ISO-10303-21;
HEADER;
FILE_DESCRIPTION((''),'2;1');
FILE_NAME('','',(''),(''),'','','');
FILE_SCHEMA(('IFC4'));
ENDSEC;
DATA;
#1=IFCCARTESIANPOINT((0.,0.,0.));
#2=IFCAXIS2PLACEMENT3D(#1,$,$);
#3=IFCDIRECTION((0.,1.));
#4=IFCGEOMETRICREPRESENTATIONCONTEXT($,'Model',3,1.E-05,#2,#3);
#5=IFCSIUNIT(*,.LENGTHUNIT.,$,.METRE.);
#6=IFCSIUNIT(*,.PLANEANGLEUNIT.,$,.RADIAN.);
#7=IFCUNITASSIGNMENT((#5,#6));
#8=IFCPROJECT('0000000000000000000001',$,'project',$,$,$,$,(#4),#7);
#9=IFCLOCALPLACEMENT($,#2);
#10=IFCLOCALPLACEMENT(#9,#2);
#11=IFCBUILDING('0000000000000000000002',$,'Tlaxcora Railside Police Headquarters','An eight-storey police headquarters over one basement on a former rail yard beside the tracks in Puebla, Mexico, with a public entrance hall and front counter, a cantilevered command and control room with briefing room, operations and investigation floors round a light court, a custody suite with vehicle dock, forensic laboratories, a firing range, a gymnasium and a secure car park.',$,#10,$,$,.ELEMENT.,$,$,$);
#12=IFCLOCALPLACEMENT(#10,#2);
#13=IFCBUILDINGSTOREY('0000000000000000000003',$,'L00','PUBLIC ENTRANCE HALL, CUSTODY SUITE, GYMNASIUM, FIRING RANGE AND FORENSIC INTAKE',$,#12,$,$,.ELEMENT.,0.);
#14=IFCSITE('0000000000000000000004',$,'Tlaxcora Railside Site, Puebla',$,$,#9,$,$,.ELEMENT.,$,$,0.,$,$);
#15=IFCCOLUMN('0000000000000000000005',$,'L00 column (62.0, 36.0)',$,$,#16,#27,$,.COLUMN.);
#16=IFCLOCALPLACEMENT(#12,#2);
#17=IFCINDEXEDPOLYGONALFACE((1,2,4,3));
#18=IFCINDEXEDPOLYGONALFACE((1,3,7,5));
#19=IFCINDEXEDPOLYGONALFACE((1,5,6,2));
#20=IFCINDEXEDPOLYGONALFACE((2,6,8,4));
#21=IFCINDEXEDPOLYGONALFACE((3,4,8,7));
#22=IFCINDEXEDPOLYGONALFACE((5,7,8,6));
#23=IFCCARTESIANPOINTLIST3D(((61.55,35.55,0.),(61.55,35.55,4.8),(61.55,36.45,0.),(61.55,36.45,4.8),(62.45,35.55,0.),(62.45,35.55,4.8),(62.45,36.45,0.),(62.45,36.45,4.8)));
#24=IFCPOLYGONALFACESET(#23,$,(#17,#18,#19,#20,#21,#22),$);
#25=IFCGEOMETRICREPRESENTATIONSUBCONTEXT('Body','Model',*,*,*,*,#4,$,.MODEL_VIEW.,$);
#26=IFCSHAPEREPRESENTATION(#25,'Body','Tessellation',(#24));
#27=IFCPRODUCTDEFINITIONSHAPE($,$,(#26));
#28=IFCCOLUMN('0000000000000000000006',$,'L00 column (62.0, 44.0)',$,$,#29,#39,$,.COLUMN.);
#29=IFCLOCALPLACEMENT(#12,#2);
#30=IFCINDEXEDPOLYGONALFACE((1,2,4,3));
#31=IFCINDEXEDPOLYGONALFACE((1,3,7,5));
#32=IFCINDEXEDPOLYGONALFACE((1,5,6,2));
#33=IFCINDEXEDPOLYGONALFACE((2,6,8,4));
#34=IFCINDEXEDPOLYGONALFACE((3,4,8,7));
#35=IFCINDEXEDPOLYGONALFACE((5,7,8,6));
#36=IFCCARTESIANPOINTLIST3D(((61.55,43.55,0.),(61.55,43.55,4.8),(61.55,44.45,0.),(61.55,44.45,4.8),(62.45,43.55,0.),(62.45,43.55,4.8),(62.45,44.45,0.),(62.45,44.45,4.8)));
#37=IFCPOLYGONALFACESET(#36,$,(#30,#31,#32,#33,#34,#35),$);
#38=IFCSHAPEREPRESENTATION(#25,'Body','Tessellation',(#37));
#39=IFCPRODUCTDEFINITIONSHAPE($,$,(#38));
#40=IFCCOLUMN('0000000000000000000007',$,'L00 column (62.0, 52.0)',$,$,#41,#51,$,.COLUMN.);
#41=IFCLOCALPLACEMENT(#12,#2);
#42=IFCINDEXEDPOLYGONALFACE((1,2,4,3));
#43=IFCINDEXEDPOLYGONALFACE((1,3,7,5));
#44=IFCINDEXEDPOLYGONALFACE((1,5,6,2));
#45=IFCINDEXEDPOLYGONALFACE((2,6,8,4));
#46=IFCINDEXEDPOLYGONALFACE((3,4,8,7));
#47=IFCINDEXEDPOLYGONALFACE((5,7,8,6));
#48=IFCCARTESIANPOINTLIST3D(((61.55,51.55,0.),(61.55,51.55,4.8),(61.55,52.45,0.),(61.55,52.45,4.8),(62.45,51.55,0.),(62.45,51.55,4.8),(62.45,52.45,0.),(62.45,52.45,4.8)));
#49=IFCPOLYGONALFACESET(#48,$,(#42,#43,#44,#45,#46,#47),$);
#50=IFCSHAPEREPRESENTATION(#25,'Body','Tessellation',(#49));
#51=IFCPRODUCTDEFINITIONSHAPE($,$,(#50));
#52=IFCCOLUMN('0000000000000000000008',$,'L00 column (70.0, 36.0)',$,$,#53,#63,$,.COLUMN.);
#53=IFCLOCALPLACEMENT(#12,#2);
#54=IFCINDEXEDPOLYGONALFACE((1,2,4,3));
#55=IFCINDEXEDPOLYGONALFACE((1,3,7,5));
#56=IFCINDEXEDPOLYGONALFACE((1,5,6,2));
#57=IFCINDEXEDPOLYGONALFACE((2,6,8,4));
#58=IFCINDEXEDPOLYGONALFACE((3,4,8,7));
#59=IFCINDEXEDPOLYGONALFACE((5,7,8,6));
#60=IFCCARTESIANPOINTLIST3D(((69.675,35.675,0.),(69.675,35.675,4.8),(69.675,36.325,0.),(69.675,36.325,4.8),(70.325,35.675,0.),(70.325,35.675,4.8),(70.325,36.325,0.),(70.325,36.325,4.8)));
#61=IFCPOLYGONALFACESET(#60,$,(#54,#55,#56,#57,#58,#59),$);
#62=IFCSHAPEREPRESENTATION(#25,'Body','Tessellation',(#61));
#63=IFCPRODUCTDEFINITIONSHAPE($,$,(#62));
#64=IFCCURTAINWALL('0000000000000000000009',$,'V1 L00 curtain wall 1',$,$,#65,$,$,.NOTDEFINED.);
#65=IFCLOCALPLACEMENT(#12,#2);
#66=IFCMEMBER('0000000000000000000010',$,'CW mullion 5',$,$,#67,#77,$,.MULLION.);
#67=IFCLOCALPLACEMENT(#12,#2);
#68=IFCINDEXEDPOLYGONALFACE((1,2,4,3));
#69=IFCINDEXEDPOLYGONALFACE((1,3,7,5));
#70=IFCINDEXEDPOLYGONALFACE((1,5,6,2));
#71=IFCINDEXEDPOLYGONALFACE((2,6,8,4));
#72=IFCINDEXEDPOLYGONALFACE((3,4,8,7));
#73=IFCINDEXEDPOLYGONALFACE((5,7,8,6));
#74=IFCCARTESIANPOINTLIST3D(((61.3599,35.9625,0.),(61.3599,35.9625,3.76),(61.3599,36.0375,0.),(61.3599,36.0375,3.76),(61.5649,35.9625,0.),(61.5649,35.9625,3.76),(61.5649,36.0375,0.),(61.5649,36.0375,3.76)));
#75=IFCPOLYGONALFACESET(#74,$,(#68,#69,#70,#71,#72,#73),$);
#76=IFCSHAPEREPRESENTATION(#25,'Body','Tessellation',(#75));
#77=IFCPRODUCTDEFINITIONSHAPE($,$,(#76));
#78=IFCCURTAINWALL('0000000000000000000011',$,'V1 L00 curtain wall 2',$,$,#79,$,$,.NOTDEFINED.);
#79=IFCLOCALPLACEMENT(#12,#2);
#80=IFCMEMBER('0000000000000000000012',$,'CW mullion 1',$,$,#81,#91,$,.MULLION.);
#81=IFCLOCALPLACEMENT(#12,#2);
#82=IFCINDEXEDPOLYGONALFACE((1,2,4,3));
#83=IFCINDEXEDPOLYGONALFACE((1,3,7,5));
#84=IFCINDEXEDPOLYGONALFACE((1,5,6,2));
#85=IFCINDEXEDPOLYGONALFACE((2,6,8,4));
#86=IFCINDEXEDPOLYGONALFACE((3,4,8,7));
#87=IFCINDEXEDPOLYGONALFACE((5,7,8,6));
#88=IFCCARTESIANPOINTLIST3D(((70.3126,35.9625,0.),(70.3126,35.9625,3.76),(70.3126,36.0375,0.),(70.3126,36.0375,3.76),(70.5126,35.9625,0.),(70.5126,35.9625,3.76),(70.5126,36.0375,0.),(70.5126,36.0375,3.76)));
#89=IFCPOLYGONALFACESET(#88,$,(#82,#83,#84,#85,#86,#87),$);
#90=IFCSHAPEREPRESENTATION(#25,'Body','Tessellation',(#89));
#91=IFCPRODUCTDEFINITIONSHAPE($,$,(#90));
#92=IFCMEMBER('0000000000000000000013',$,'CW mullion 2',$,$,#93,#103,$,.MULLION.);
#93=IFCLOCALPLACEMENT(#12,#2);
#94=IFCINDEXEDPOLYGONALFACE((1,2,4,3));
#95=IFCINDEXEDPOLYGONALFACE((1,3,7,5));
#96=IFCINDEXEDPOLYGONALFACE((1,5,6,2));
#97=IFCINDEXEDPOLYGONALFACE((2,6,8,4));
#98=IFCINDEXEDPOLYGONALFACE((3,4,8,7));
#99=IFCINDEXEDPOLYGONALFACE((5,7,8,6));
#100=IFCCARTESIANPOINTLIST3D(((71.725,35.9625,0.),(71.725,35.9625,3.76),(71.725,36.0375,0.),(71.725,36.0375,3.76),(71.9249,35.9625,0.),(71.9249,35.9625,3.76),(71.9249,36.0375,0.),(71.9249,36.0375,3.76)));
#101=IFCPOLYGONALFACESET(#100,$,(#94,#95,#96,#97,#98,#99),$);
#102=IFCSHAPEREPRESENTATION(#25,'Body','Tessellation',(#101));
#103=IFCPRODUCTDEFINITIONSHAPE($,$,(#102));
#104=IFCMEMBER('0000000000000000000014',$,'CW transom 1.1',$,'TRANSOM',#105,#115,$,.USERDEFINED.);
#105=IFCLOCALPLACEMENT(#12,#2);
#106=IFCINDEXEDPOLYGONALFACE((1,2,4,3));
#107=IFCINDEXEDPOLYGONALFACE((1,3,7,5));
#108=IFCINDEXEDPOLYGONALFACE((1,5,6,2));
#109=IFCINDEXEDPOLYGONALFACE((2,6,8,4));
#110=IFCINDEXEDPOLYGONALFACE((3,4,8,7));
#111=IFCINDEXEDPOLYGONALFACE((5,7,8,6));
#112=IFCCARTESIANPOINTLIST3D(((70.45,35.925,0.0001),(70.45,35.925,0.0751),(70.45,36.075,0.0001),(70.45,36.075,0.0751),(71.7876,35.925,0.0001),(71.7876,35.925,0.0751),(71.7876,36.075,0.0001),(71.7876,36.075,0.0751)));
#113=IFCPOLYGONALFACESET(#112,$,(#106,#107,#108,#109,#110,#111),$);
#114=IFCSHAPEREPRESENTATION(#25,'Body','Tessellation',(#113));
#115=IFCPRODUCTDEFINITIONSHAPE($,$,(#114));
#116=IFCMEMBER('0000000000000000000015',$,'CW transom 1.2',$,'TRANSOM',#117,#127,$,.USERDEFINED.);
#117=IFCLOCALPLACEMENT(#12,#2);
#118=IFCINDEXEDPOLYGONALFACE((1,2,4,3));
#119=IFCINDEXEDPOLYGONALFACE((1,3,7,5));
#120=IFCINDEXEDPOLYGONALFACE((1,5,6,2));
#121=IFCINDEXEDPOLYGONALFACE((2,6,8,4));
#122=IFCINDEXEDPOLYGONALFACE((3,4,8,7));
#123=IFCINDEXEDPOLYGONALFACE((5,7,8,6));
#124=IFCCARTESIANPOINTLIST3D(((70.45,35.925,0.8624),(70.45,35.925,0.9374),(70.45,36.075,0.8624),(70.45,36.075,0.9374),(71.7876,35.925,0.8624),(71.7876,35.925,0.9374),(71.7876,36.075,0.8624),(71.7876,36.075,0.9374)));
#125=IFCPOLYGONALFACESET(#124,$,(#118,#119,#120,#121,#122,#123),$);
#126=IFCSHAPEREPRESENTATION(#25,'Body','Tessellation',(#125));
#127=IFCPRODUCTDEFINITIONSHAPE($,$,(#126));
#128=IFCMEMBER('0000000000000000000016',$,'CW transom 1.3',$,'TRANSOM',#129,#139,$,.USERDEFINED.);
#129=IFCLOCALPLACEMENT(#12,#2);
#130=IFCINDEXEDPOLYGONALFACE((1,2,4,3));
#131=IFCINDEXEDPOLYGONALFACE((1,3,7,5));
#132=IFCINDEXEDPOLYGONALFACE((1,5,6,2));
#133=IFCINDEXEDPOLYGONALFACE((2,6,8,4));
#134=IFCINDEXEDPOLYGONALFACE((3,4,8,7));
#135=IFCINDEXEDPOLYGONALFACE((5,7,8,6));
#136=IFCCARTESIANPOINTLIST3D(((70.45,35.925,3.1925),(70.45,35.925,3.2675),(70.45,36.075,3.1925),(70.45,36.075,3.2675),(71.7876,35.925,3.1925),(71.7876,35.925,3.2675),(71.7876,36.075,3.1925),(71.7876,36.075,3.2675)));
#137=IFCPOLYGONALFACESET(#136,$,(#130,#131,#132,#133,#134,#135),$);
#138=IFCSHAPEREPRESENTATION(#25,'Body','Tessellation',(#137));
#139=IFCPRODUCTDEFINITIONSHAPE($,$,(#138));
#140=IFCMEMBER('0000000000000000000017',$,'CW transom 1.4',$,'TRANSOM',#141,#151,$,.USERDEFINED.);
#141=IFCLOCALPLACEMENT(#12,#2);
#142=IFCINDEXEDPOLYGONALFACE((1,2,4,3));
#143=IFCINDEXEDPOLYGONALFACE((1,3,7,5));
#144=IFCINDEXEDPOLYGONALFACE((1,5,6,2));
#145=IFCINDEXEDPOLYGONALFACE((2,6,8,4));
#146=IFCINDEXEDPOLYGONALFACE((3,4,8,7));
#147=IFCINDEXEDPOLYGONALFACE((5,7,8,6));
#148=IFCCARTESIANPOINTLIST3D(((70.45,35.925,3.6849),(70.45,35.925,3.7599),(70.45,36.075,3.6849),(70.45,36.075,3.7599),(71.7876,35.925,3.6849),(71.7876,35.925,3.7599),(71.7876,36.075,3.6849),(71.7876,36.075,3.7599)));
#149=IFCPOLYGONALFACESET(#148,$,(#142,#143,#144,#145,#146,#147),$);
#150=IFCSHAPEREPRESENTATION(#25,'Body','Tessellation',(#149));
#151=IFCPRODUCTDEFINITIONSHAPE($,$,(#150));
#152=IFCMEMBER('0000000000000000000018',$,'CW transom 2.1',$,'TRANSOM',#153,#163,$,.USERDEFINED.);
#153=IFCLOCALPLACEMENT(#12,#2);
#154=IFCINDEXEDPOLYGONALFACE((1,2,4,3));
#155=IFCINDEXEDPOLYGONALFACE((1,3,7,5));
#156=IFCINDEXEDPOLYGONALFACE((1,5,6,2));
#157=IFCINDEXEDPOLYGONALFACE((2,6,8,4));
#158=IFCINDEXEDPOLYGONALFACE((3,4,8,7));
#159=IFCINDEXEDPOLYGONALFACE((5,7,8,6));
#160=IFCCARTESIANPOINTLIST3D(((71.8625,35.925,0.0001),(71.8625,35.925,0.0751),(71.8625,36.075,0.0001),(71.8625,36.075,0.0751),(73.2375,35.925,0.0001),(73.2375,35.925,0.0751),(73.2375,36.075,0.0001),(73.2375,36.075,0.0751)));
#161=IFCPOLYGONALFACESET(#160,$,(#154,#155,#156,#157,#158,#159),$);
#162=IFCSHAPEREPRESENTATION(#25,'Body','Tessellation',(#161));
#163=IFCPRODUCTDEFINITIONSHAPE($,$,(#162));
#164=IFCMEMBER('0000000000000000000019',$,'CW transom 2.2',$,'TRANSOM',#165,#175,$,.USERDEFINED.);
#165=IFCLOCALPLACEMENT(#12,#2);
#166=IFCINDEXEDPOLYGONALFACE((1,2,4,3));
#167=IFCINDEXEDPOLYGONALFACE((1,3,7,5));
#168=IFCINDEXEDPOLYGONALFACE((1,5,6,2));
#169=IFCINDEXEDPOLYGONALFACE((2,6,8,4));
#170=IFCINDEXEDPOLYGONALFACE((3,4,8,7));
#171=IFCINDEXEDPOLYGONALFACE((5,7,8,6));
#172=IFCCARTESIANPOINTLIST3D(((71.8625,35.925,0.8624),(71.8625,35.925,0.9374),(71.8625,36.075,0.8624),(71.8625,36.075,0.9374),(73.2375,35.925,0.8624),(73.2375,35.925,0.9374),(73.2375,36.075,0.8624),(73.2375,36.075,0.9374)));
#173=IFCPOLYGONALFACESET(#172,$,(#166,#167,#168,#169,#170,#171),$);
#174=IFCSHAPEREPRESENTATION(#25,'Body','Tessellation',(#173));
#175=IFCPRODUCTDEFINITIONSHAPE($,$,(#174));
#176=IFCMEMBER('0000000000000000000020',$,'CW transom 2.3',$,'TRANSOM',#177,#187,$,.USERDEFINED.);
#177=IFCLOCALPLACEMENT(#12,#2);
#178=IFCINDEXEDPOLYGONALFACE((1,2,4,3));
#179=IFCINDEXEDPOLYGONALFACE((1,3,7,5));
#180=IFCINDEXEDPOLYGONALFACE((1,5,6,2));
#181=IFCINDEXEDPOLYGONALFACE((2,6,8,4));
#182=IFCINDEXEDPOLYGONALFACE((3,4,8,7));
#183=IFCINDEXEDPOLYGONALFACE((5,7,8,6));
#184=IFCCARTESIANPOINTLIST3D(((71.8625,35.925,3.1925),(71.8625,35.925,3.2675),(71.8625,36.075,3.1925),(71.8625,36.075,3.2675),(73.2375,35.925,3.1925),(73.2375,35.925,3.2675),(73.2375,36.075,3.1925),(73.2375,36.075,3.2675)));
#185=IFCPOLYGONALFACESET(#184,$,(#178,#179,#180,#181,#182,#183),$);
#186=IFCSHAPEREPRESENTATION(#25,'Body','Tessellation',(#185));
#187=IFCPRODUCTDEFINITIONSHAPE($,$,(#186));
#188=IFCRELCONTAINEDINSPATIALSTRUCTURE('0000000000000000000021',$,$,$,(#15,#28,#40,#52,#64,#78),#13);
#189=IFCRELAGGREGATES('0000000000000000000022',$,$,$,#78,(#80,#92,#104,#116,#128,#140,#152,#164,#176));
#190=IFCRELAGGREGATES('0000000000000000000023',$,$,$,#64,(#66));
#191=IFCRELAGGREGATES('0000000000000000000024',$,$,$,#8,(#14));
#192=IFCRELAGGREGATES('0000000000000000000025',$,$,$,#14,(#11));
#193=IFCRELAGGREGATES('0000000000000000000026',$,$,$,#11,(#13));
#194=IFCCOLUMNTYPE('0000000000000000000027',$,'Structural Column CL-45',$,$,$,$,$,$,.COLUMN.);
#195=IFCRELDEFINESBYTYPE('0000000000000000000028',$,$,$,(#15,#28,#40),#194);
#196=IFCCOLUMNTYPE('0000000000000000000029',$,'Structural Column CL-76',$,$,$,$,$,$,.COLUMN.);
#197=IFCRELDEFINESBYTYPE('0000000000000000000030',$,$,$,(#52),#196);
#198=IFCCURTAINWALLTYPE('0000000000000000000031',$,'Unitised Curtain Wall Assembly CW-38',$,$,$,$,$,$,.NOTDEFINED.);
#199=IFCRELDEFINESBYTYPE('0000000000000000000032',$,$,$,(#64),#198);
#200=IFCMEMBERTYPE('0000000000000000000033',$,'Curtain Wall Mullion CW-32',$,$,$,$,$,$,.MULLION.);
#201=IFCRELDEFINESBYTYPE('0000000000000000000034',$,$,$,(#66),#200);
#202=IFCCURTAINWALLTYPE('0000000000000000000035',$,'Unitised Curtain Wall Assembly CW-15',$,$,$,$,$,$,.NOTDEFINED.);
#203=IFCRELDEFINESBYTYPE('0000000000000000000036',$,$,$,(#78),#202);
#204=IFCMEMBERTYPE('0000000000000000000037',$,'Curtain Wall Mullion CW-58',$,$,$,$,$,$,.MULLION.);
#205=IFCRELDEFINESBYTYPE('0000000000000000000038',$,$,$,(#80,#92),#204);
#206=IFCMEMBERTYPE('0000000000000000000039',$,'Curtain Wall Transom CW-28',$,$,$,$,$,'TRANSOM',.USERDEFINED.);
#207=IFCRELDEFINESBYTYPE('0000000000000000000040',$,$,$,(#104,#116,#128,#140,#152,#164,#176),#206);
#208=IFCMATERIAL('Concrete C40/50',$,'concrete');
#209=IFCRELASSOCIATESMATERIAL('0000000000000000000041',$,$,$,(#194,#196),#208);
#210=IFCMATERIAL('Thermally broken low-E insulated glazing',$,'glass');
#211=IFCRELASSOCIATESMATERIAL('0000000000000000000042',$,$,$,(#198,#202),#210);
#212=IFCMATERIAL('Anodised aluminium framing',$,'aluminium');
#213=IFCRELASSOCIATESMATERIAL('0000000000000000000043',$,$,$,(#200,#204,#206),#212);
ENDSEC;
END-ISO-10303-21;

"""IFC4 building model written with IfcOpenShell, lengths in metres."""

from ifc_helpers import new_model, si_unit, direction, frame, origin, origin_2d, place, context, subcontext, project, spatial, rectangle, extrude, material, material_profile, profile_set, type_object, element, aggregate, save


model = new_model("IFC4")

# Units and contexts
model_context = context("Model", 3, precision=1e-05, world=origin(), true_north=direction((0.0, 1.0)))
body_context = subcontext(model_context, "Body", "Model", "MODEL_VIEW")
ifc_project = project(units=[si_unit("LENGTHUNIT", "METRE"), si_unit("PLANEANGLEUNIT", "RADIAN")], contexts=[model_context])

# Site, building, storey
site_placement = place(None, origin())
site = spatial("IfcSite", under=ifc_project, at=site_placement, Name="Tlaxcora Railside Site, Puebla", CompositionType="ELEMENT", RefElevation=0.0)
building_placement = place(site_placement, origin())
building = spatial("IfcBuilding", under=site, at=building_placement, Name="Tlaxcora Railside Police Headquarters", Description="An eight-storey police headquarters over one basement on a former rail yard beside the tracks in Puebla, Mexico, with a public entrance hall and front counter, a cantilevered command and control room with briefing room, operations and investigation floors round a light court, a custody suite with vehicle dock, forensic laboratories, a firing range, a gymnasium and a secure car park.", CompositionType="ELEMENT")
storey_placement = place(building_placement, origin())
storey = spatial("IfcBuildingStorey", under=building, at=storey_placement, Name="L00", Description="PUBLIC ENTRANCE HALL, CUSTODY SUITE, GYMNASIUM, FIRING RANGE AND FORENSIC INTAKE", CompositionType="ELEMENT", Elevation=0.0)

# Columns
ifc_material_1 = material(Name="Concrete C40/50", Category="concrete")
ifc_material_profile_1 = material_profile(ifc_material_1, rectangle(XDim=0.8999, YDim=0.8999, at=origin_2d()), Name="RC900X900")
ifc_profile_set_1 = profile_set([ifc_material_profile_1], Name="Concrete C40/50")
column_type_1 = type_object("IfcColumnType", Name="Structural Column CL-45", PredefinedType="COLUMN", material=ifc_profile_set_1)
for number, where, z_axis, x_axis, name in (
    (1, (62.0, 36.0, 0.0), (0.0, 0.0, 1.0), (1.0, 0.0, 0.0), "L00 column (62.0, 36.0)"),
    (2, (62.0, 44.0, 0.0), (0.0, 0.0, 1.0), (1.0, 0.0, 0.0), "L00 column (62.0, 44.0)"),
    (3, (62.0, 52.0, 0.0), (0.0, 0.0, 1.0), (1.0, 0.0, 0.0), "L00 column (62.0, 52.0)"),
):
    element("IfcColumn", number, at=place(storey_placement, frame(where, z_axis=z_axis, x_axis=x_axis)), inside=storey, type_object=column_type_1, Name=name, PredefinedType="COLUMN", context=body_context, shape_type="SweptSolid", body=[
        extrude(rectangle(XDim=0.8999, YDim=0.8999, at=origin_2d()), origin(), (0.0, 0.0, 1.0), 4.8),
    ])
ifc_material_profile_2 = material_profile(ifc_material_1, rectangle(XDim=0.6499, YDim=0.6499, at=origin_2d()), Name="RC650X650")
ifc_profile_set_2 = profile_set([ifc_material_profile_2], Name="Concrete C40/50")
column_type_2 = type_object("IfcColumnType", Name="Structural Column CL-76", PredefinedType="COLUMN", material=ifc_profile_set_2)
column_placement = place(storey_placement, frame((70.0, 36.0, 0.0), z_axis=(0.0, 0.0, 1.0), x_axis=(1.0, 0.0, 0.0)))
element("IfcColumn", 4, at=column_placement, inside=storey, type_object=column_type_2, Name="L00 column (70.0, 36.0)", PredefinedType="COLUMN", context=body_context, shape_type="SweptSolid", body=[
    extrude(rectangle(XDim=0.6499, YDim=0.6499, at=origin_2d()), origin(), (0.0, 0.0, 1.0), 4.8),
])

# Curtain wall, member
ifc_material_2 = material(Name="Thermally broken low-E insulated glazing", Category="glass")
curtain_wall_type_1 = type_object("IfcCurtainWallType", Name="Unitised Curtain Wall Assembly CW-38", PredefinedType="NOTDEFINED", material=ifc_material_2)
curtain_wall_1_placement = place(storey_placement, origin())
curtain_wall_1 = element("IfcCurtainWall", 5, at=curtain_wall_1_placement, inside=storey, type_object=curtain_wall_type_1, Name="V1 L00 curtain wall 1", PredefinedType="NOTDEFINED")
ifc_material_3 = material(Name="Anodised aluminium framing", Category="aluminium")
ifc_material_profile_3 = material_profile(ifc_material_3, rectangle(XDim=0.075, YDim=0.2051, at=origin_2d()), Name="AL75X205")
ifc_profile_set_3 = profile_set([ifc_material_profile_3], Name="Anodised aluminium framing")
member_type_1 = type_object("IfcMemberType", Name="Curtain Wall Mullion CW-32", PredefinedType="MULLION", material=ifc_profile_set_3)
member_1_placement = place(storey_placement, frame((61.4624, 36.0, 0.0), z_axis=(0.0, 0.0, 1.0), x_axis=(0.0, 1.0, 0.0)))
member_1 = element("IfcMember", 6, at=member_1_placement, type_object=member_type_1, Name="CW mullion 5", PredefinedType="MULLION", context=body_context, shape_type="SweptSolid", body=[
    extrude(rectangle(XDim=0.075, YDim=0.2051, at=origin_2d()), origin(), (0.0, 0.0, 1.0), 3.76),
])

# Curtain wall, members
curtain_wall_type_2 = type_object("IfcCurtainWallType", Name="Unitised Curtain Wall Assembly CW-15", PredefinedType="NOTDEFINED", material=ifc_material_2)
curtain_wall_2_placement = place(storey_placement, origin())
curtain_wall_2 = element("IfcCurtainWall", 7, at=curtain_wall_2_placement, inside=storey, type_object=curtain_wall_type_2, Name="V1 L00 curtain wall 2", PredefinedType="NOTDEFINED")
ifc_material_profile_4 = material_profile(ifc_material_3, rectangle(XDim=0.075, YDim=0.2, at=origin_2d()), Name="AL75X200")
ifc_profile_set_4 = profile_set([ifc_material_profile_4], Name="Anodised aluminium framing")
member_type_2 = type_object("IfcMemberType", Name="Curtain Wall Mullion CW-58", PredefinedType="MULLION", material=ifc_profile_set_4)
member_2_placement = place(storey_placement, frame((70.4126, 36.0, 0.0), z_axis=(0.0, 0.0, 1.0), x_axis=(0.0, 1.0, 0.0)))
member_2 = element("IfcMember", 8, at=member_2_placement, type_object=member_type_2, Name="CW mullion 1", PredefinedType="MULLION", context=body_context, shape_type="SweptSolid", body=[
    extrude(rectangle(XDim=0.075, YDim=0.2, at=origin_2d()), origin(), (0.0, 0.0, 1.0), 3.76),
])
member_3_placement = place(storey_placement, frame((71.825, 36.0, 0.0), z_axis=(0.0, 0.0, 1.0), x_axis=(0.0, 1.0, 0.0)))
member_3 = element("IfcMember", 9, at=member_3_placement, type_object=member_type_2, Name="CW mullion 2", PredefinedType="MULLION", context=body_context, shape_type="SweptSolid", body=[
    extrude(rectangle(XDim=0.075, YDim=0.2, at=origin_2d()), origin(), (0.0, 0.0, 1.0), 3.76),
])
ifc_material_profile_5 = material_profile(ifc_material_3, rectangle(XDim=0.1499, YDim=0.075, at=origin_2d()), Name="AL75X150")
ifc_profile_set_5 = profile_set([ifc_material_profile_5], Name="Anodised aluminium framing")
member_type_3 = type_object("IfcMemberType", Name="Curtain Wall Transom CW-28", ElementType="TRANSOM", PredefinedType="USERDEFINED", material=ifc_profile_set_5)
member_4_placement = place(storey_placement, frame((70.45, 36.0, 0.0376), z_axis=(1.0, 0.0, 0.0), x_axis=(0.0, 1.0, 0.0)))
member_4 = element("IfcMember", 10, at=member_4_placement, type_object=member_type_3, Name="CW transom 1.1", ObjectType="TRANSOM", PredefinedType="USERDEFINED", context=body_context, shape_type="SweptSolid", body=[
    extrude(rectangle(XDim=0.1499, YDim=0.075, at=origin_2d()), origin(), (0.0, 0.0, 1.0), 1.3376),
])
member_5_placement = place(storey_placement, frame((70.45, 36.0, 0.8999), z_axis=(1.0, 0.0, 0.0), x_axis=(0.0, 1.0, 0.0)))
member_5 = element("IfcMember", 11, at=member_5_placement, type_object=member_type_3, Name="CW transom 1.2", ObjectType="TRANSOM", PredefinedType="USERDEFINED", context=body_context, shape_type="SweptSolid", body=[
    extrude(rectangle(XDim=0.1499, YDim=0.075, at=origin_2d()), origin(), (0.0, 0.0, 1.0), 1.3376),
])
member_6_placement = place(storey_placement, frame((70.45, 36.0, 3.23), z_axis=(1.0, 0.0, 0.0), x_axis=(0.0, 1.0, 0.0)))
member_6 = element("IfcMember", 12, at=member_6_placement, type_object=member_type_3, Name="CW transom 1.3", ObjectType="TRANSOM", PredefinedType="USERDEFINED", context=body_context, shape_type="SweptSolid", body=[
    extrude(rectangle(XDim=0.1499, YDim=0.075, at=origin_2d()), origin(), (0.0, 0.0, 1.0), 1.3376),
])
member_7_placement = place(storey_placement, frame((70.45, 36.0, 3.7224), z_axis=(1.0, 0.0, 0.0), x_axis=(0.0, 1.0, 0.0)))
member_7 = element("IfcMember", 13, at=member_7_placement, type_object=member_type_3, Name="CW transom 1.4", ObjectType="TRANSOM", PredefinedType="USERDEFINED", context=body_context, shape_type="SweptSolid", body=[
    extrude(rectangle(XDim=0.1499, YDim=0.075, at=origin_2d()), origin(), (0.0, 0.0, 1.0), 1.3376),
])
member_8_placement = place(storey_placement, frame((71.8625, 36.0, 0.0376), z_axis=(1.0, 0.0, 0.0), x_axis=(0.0, 1.0, 0.0)))
member_8 = element("IfcMember", 14, at=member_8_placement, type_object=member_type_3, Name="CW transom 2.1", ObjectType="TRANSOM", PredefinedType="USERDEFINED", context=body_context, shape_type="SweptSolid", body=[
    extrude(rectangle(XDim=0.1499, YDim=0.075, at=origin_2d()), origin(), (0.0, 0.0, 1.0), 1.375),
])
member_9_placement = place(storey_placement, frame((71.8625, 36.0, 0.8999), z_axis=(1.0, 0.0, 0.0), x_axis=(0.0, 1.0, 0.0)))
member_9 = element("IfcMember", 15, at=member_9_placement, type_object=member_type_3, Name="CW transom 2.2", ObjectType="TRANSOM", PredefinedType="USERDEFINED", context=body_context, shape_type="SweptSolid", body=[
    extrude(rectangle(XDim=0.1499, YDim=0.075, at=origin_2d()), origin(), (0.0, 0.0, 1.0), 1.375),
])
member_10_placement = place(storey_placement, frame((71.8625, 36.0, 3.23), z_axis=(1.0, 0.0, 0.0), x_axis=(0.0, 1.0, 0.0)))
member_10 = element("IfcMember", 16, at=member_10_placement, type_object=member_type_3, Name="CW transom 2.3", ObjectType="TRANSOM", PredefinedType="USERDEFINED", context=body_context, shape_type="SweptSolid", body=[
    extrude(rectangle(XDim=0.1499, YDim=0.075, at=origin_2d()), origin(), (0.0, 0.0, 1.0), 1.375),
])

aggregate(curtain_wall_2, [member_2, member_3, member_4, member_5, member_6, member_7, member_8, member_9, member_10])
aggregate(curtain_wall_1, [member_1])

save(model, "model.ifc")
